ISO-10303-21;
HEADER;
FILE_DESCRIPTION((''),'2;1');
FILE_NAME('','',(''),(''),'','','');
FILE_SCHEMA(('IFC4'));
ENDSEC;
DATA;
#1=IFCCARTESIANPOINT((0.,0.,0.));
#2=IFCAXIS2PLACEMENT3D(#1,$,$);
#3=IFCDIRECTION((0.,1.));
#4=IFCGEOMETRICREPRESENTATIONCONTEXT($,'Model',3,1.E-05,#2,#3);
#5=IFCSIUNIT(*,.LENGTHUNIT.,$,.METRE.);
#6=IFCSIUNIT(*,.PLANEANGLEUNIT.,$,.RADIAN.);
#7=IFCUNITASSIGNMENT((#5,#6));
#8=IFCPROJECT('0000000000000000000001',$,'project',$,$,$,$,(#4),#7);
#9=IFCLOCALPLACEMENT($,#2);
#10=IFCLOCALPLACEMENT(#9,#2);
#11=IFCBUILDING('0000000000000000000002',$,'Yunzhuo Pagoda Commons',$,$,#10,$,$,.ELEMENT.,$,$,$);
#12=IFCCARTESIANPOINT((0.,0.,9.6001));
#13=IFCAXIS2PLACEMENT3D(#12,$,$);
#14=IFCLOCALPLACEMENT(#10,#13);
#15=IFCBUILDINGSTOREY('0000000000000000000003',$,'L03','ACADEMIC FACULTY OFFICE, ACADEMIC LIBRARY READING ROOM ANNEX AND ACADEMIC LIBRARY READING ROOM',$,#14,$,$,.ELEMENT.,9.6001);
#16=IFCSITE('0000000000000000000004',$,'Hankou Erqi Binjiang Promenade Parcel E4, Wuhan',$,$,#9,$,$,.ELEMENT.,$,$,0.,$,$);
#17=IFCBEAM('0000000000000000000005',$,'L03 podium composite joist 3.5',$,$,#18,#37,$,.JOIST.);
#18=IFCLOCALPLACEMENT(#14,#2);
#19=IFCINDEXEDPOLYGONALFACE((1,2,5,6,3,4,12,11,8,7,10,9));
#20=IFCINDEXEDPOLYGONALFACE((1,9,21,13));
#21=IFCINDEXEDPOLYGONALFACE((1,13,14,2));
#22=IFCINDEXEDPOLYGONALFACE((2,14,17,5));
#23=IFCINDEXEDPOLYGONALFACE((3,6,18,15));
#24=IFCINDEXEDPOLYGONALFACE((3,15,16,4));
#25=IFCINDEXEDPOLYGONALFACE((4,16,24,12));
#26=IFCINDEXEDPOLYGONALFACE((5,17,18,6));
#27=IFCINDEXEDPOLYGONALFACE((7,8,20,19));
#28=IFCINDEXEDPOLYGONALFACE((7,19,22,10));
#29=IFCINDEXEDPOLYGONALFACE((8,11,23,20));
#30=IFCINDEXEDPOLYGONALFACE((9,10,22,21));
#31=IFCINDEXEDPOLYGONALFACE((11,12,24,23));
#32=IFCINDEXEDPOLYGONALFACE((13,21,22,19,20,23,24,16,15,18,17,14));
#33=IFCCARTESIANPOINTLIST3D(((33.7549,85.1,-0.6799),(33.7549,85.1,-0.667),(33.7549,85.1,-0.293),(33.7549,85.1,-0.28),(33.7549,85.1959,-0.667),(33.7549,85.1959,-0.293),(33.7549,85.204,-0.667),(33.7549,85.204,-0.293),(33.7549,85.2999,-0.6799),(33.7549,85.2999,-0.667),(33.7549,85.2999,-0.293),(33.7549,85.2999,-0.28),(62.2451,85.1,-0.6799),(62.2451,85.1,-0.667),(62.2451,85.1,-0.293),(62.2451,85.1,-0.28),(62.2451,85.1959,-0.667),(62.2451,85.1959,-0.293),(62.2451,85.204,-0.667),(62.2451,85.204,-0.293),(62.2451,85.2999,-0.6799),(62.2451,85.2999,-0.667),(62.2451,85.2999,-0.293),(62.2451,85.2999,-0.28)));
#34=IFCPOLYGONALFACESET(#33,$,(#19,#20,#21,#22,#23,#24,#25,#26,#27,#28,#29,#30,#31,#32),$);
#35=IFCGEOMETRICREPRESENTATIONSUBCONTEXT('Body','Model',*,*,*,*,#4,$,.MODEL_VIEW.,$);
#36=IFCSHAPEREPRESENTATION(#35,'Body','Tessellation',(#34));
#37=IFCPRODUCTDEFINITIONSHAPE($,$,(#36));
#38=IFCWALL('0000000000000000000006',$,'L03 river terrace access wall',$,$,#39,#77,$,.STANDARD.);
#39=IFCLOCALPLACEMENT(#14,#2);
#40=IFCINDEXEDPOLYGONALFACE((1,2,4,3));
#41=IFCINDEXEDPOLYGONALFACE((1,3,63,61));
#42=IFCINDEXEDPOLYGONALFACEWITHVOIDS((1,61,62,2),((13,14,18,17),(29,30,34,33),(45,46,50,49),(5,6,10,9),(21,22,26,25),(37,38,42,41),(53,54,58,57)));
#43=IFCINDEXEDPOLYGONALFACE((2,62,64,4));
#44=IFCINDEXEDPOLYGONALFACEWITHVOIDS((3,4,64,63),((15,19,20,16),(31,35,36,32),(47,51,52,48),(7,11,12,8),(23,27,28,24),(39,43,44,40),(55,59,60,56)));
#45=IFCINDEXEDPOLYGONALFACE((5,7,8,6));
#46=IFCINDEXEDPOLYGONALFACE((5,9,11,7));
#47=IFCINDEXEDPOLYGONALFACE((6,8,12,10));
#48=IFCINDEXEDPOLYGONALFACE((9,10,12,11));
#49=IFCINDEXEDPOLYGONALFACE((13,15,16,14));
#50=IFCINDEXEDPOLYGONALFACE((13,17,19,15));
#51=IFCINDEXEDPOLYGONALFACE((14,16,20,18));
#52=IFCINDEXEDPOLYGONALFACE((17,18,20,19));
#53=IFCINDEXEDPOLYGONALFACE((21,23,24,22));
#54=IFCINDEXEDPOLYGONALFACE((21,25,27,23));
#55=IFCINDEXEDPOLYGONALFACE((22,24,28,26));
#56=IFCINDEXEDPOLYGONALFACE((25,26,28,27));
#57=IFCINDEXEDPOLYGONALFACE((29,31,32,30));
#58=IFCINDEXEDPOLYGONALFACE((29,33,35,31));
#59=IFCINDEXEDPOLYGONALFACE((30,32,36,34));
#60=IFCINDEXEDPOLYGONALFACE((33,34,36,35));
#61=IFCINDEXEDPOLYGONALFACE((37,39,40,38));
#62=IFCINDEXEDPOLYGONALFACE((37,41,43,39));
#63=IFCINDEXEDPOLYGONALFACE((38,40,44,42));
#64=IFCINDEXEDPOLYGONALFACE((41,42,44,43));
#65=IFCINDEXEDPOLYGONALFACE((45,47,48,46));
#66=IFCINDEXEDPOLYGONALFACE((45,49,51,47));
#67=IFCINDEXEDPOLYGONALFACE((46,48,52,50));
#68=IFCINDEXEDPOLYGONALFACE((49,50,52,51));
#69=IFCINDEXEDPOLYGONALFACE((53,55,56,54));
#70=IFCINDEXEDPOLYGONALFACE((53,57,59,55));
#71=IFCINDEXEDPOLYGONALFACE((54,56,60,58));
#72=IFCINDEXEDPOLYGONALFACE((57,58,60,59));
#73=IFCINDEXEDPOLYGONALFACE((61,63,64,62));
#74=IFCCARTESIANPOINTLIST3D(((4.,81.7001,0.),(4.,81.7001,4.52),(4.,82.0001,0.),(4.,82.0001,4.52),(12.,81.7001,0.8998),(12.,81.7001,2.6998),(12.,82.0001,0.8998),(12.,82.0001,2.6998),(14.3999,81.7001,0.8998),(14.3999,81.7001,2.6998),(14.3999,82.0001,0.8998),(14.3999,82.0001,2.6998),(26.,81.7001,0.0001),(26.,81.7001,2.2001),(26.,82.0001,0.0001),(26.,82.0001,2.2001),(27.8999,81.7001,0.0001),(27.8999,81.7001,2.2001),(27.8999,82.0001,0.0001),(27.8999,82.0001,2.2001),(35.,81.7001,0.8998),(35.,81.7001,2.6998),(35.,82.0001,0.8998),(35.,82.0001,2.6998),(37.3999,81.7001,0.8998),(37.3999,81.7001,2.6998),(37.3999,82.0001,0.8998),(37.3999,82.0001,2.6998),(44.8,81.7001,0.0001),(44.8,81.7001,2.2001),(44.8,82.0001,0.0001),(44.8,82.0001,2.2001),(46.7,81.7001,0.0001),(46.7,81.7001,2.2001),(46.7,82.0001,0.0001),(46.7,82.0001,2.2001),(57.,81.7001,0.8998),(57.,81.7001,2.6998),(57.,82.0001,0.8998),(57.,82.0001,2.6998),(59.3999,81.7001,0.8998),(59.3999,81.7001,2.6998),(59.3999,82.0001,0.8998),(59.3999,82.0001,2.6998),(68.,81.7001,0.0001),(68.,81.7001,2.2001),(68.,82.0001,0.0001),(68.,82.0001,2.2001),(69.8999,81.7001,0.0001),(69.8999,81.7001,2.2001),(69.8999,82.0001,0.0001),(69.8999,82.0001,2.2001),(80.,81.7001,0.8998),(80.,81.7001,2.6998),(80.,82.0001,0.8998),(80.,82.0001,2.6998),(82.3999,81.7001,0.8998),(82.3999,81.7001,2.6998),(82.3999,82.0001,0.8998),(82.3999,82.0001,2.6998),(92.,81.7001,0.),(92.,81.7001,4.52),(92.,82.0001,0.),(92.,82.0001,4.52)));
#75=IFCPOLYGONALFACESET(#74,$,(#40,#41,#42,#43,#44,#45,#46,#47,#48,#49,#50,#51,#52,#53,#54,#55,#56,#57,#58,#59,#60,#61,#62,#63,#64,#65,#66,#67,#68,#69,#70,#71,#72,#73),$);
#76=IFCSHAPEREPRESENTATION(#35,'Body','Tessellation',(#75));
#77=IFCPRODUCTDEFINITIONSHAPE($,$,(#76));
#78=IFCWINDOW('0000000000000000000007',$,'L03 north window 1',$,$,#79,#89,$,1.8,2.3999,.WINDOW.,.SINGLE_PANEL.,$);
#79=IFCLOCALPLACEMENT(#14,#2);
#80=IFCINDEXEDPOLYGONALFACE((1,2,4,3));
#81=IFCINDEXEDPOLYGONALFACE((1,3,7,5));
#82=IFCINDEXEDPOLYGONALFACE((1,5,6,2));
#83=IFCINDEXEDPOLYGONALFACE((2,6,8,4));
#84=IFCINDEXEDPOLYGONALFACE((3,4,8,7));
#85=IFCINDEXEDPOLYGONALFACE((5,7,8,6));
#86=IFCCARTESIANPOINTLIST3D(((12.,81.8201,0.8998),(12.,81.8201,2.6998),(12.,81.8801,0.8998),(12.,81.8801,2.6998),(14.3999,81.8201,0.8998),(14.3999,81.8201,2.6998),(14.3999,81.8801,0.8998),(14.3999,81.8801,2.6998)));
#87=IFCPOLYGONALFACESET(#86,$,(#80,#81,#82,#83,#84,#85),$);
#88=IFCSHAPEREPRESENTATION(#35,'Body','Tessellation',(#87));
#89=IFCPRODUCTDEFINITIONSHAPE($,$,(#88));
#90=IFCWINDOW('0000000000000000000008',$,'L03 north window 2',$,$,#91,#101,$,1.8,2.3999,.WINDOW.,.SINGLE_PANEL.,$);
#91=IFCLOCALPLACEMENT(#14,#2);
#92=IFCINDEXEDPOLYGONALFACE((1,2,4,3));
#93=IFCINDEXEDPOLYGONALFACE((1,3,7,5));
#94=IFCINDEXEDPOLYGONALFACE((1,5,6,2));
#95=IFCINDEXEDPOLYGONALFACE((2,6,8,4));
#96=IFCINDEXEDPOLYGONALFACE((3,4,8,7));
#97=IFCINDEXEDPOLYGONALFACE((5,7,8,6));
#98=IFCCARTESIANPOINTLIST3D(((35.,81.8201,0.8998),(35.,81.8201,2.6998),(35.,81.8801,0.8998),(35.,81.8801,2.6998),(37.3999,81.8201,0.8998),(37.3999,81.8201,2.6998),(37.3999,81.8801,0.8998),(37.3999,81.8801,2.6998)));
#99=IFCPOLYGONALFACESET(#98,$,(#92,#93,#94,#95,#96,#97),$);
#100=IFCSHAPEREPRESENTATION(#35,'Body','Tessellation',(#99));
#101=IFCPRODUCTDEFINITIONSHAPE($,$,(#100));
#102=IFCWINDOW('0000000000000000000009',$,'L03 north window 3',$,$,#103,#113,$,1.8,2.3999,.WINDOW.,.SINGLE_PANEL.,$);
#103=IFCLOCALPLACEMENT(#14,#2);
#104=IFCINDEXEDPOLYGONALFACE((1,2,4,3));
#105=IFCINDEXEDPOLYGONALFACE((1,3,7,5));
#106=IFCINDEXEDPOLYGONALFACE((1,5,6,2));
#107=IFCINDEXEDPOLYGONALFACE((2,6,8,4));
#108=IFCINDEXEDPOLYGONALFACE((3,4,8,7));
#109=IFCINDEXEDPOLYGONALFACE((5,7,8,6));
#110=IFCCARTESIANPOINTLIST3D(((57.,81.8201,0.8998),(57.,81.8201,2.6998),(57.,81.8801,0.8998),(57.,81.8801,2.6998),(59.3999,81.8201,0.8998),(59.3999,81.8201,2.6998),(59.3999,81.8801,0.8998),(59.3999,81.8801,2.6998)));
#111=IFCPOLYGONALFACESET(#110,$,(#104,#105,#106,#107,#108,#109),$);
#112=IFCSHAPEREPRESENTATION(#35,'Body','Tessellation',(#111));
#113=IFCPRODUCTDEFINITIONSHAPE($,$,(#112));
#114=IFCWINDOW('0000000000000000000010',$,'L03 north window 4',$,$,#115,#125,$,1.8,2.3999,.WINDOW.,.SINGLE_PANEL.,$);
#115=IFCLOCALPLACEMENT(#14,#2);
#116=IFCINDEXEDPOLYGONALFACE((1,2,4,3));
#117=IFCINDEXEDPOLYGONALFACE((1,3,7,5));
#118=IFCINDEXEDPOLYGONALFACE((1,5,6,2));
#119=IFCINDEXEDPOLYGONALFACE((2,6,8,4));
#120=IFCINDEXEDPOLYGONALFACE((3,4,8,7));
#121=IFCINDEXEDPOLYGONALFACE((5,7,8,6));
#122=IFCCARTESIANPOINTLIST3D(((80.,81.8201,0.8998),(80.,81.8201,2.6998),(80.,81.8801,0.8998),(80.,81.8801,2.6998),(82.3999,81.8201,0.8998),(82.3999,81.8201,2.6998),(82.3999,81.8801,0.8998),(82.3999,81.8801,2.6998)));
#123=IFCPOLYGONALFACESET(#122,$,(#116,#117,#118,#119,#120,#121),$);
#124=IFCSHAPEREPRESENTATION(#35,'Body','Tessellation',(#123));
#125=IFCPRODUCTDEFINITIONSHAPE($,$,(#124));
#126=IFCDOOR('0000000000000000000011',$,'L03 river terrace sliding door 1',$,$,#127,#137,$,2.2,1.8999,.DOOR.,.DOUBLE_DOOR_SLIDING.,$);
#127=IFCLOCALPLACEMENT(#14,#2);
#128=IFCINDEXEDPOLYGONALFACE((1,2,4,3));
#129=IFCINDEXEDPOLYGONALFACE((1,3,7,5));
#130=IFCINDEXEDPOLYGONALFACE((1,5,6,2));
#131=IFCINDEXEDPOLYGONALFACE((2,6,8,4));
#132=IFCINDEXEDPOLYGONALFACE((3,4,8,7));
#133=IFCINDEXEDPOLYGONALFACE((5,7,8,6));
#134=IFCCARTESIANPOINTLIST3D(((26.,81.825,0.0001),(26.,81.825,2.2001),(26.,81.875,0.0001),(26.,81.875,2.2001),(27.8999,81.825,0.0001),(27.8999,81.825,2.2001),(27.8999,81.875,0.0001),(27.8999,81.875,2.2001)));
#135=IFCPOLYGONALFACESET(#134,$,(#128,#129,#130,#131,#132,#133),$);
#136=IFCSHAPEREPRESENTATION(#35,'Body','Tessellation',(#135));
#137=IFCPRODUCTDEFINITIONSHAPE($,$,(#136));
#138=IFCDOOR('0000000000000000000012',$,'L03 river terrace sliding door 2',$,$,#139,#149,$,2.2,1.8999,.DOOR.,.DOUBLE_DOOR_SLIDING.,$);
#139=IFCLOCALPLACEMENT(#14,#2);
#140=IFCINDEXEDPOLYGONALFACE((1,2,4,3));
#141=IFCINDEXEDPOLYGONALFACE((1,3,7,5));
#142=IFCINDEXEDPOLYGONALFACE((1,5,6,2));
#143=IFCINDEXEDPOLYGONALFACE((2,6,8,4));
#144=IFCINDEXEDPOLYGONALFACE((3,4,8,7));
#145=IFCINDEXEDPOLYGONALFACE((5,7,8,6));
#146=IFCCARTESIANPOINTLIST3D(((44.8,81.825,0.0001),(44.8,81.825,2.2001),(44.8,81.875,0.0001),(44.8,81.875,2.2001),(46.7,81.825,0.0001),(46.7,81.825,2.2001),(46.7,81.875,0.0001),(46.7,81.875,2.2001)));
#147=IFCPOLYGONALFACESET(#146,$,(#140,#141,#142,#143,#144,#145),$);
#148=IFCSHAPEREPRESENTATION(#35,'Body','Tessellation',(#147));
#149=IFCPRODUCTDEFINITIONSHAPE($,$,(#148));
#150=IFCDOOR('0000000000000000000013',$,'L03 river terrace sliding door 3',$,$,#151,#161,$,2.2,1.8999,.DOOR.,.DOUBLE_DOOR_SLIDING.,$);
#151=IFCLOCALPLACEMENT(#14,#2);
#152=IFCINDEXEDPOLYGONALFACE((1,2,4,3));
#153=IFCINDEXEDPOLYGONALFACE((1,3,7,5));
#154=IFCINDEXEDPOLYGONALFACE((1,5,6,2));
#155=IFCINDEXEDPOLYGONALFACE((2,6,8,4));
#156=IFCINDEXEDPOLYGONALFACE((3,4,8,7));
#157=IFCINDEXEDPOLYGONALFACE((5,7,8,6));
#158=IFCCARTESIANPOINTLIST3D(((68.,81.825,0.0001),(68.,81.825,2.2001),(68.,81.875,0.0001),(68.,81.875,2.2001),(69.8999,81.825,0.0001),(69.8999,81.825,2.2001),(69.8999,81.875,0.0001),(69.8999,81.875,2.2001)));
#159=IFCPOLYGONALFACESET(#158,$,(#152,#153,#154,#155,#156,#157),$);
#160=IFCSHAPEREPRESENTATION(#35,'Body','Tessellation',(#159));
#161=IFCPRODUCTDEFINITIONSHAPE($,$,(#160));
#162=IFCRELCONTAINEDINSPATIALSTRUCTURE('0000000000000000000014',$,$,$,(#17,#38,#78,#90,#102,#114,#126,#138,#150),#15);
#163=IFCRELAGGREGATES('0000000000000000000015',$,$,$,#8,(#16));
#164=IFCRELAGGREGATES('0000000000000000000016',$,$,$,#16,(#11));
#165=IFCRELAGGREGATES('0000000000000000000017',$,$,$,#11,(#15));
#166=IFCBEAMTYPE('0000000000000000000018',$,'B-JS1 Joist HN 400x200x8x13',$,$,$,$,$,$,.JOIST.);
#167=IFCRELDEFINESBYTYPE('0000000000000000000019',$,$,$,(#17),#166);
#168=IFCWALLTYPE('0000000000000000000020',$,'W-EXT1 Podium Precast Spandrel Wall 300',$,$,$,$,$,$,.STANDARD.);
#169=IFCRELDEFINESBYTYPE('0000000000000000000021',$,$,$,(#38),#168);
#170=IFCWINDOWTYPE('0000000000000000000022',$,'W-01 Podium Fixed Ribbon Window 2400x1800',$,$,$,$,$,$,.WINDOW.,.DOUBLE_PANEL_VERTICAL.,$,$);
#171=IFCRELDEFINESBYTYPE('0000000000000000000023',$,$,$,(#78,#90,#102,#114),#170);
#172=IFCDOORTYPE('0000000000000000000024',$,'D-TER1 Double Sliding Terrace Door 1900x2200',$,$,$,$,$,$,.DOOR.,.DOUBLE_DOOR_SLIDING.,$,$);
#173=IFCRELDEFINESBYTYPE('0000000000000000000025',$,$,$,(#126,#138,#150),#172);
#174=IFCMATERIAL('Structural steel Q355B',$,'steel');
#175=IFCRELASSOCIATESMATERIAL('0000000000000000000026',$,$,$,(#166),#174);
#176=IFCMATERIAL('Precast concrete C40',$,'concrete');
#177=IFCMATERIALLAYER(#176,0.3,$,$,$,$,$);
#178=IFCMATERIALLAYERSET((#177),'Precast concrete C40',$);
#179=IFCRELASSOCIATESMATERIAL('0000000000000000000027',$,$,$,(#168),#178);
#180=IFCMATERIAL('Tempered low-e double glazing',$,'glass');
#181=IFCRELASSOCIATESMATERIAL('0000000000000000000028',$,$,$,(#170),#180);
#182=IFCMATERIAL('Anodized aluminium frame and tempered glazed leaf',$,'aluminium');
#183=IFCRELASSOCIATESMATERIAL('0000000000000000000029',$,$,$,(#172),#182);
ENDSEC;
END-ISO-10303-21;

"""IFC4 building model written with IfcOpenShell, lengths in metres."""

from ifc_helpers import new_model, si_unit, direction, frame, frame_2d, origin, origin_with_axes, origin_2d, place, context, subcontext, project, spatial, rectangle, i_section, extrude, source, transform, mapped, material, layer, layer_set, material_profile, profile_set, type_object, element, fill, save


model = new_model("IFC4")

# Units and contexts
model_context = context("Model", 3, precision=1e-05, world=origin(), true_north=direction((0.0, 1.0)))
body_context = subcontext(model_context, "Body", "Model", "MODEL_VIEW")
ifc_project = project(units=[si_unit("LENGTHUNIT", "METRE"), si_unit("PLANEANGLEUNIT", "RADIAN")], contexts=[model_context])

# Site, building, storey
site_placement = place(None, origin())
site = spatial("IfcSite", under=ifc_project, at=site_placement, Name="Hankou Erqi Binjiang Promenade Parcel E4, Wuhan", CompositionType="ELEMENT", RefElevation=0.0)
building_placement = place(site_placement, origin())
building = spatial("IfcBuilding", under=site, at=building_placement, Name="Yunzhuo Pagoda Commons", CompositionType="ELEMENT")
storey_placement = place(building_placement, frame((0.0, 0.0, 9.6001)))
storey = spatial("IfcBuildingStorey", under=building, at=storey_placement, Name="L03", Description="ACADEMIC FACULTY OFFICE, ACADEMIC LIBRARY READING ROOM ANNEX AND ACADEMIC LIBRARY READING ROOM", CompositionType="ELEMENT", Elevation=9.6001)

# Beam
ifc_material_1 = material(Name="Structural steel Q355B", Category="steel")
ifc_material_profile_1 = material_profile(ifc_material_1, i_section(OverallWidth=0.2, OverallDepth=0.3999, WebThickness=0.0081, FlangeThickness=0.0129, at=origin_2d()), Name="Structural steel Q355B")
ifc_profile_set_1 = profile_set([ifc_material_profile_1], Name="Structural steel Q355B")
beam_type_1 = type_object("IfcBeamType", Name="B-JS1 Joist HN 400x200x8x13", PredefinedType="JOIST", material=ifc_profile_set_1)
shared_shape_1 = source(origin(), body_context, "Body", "SweptSolid", [
    extrude(i_section(OverallWidth=0.2, OverallDepth=0.3999, WebThickness=0.0081, FlangeThickness=0.0129, at=origin_2d()), origin(), (0.0, 0.0, 1.0), 28.4902),
])
for number, where, z_axis, x_axis, name in (
    (1, (33.7549, 85.2, -0.48), (1.0, 0.0, 0.0), (0.0, 1.0, 0.0), "L03 podium composite joist 3.5"),
):
    element("IfcBeam", number, at=place(storey_placement, frame(where, z_axis=z_axis, x_axis=x_axis)), inside=storey, type_object=beam_type_1, Name=name, PredefinedType="JOIST", context=body_context, shape_type="MappedRepresentation", body=[
        mapped(shared_shape_1, transform((0.0, 0.0, 0.0), scale=1.0)),
    ])

# Wall, openings, windows, doors
ifc_material_2 = material(Name="Precast concrete C40", Category="concrete")
ifc_layer = layer(ifc_material_2, 0.3)
ifc_layer_set = layer_set([ifc_layer], Name="Precast concrete C40")
wall_type = type_object("IfcWallType", Name="W-EXT1 Podium Precast Spandrel Wall 300", PredefinedType="STANDARD", material=ifc_layer_set)
wall_placement = place(storey_placement, frame((4.0, 81.8501, 0.0), z_axis=(0.0, 0.0, 1.0), x_axis=(1.0, 0.0, 0.0)))
wall = element("IfcWall", 2, at=wall_placement, inside=storey, type_object=wall_type, Name="L03 river terrace access wall", PredefinedType="STANDARD", context=body_context, shape_type="SweptSolid", body=[
    extrude(rectangle(XDim=88.0, YDim=0.3, at=frame_2d((44.0, 0.0))), origin(), (0.0, 0.0, 1.0), 4.52),
])
opening_1_placement = place(wall_placement, frame((22.0, 0.0, 0.0)))
opening_1 = element("IfcOpeningElement", 3, at=opening_1_placement, cuts=wall, PredefinedType="OPENING", context=body_context, shape_type="SweptSolid", body=[
    extrude(rectangle(XDim=1.8999, YDim=2.2, at=frame_2d((0.95, 1.1001))), frame((0.0, 0.1602, 0.0), z_axis=(0.0, -1.0, 0.0), x_axis=(1.0, 0.0, 0.0)), (0.0, 0.0, 1.0), 0.3201),
])
opening_2_placement = place(wall_placement, frame((40.8, 0.0, 0.0)))
opening_2 = element("IfcOpeningElement", 4, at=opening_2_placement, cuts=wall, PredefinedType="OPENING", context=body_context, shape_type="SweptSolid", body=[
    extrude(rectangle(XDim=1.8999, YDim=2.2, at=frame_2d((0.95, 1.1001))), frame((0.0, 0.1602, 0.0), z_axis=(0.0, -1.0, 0.0), x_axis=(1.0, 0.0, 0.0)), (0.0, 0.0, 1.0), 0.3201),
])
opening_3_placement = place(wall_placement, frame((64.0, 0.0, 0.0)))
opening_3 = element("IfcOpeningElement", 5, at=opening_3_placement, cuts=wall, PredefinedType="OPENING", context=body_context, shape_type="SweptSolid", body=[
    extrude(rectangle(XDim=1.8999, YDim=2.2, at=frame_2d((0.95, 1.1001))), frame((0.0, 0.1602, 0.0), z_axis=(0.0, -1.0, 0.0), x_axis=(1.0, 0.0, 0.0)), (0.0, 0.0, 1.0), 0.3201),
])
opening_4_placement = place(wall_placement, frame((8.0, 0.0, 0.8999)))
opening_4 = element("IfcOpeningElement", 6, at=opening_4_placement, cuts=wall, PredefinedType="OPENING", context=body_context, shape_type="SweptSolid", body=[
    extrude(rectangle(XDim=2.3999, YDim=1.8, at=frame_2d((1.2, 0.8999))), frame((0.0, 0.1602, 0.0), z_axis=(0.0, -1.0, 0.0), x_axis=(1.0, 0.0, 0.0)), (0.0, 0.0, 1.0), 0.3201),
])
opening_5_placement = place(wall_placement, frame((31.0, 0.0, 0.8999)))
opening_5 = element("IfcOpeningElement", 7, at=opening_5_placement, cuts=wall, PredefinedType="OPENING", context=body_context, shape_type="SweptSolid", body=[
    extrude(rectangle(XDim=2.3999, YDim=1.8, at=frame_2d((1.2, 0.8999))), frame((0.0, 0.1602, 0.0), z_axis=(0.0, -1.0, 0.0), x_axis=(1.0, 0.0, 0.0)), (0.0, 0.0, 1.0), 0.3201),
])
opening_6_placement = place(wall_placement, frame((53.0, 0.0, 0.8999)))
opening_6 = element("IfcOpeningElement", 8, at=opening_6_placement, cuts=wall, PredefinedType="OPENING", context=body_context, shape_type="SweptSolid", body=[
    extrude(rectangle(XDim=2.3999, YDim=1.8, at=frame_2d((1.2, 0.8999))), frame((0.0, 0.1602, 0.0), z_axis=(0.0, -1.0, 0.0), x_axis=(1.0, 0.0, 0.0)), (0.0, 0.0, 1.0), 0.3201),
])
opening_7_placement = place(wall_placement, frame((76.0, 0.0, 0.8999)))
opening_7 = element("IfcOpeningElement", 9, at=opening_7_placement, cuts=wall, PredefinedType="OPENING", context=body_context, shape_type="SweptSolid", body=[
    extrude(rectangle(XDim=2.3999, YDim=1.8, at=frame_2d((1.2, 0.8999))), frame((0.0, 0.1602, 0.0), z_axis=(0.0, -1.0, 0.0), x_axis=(1.0, 0.0, 0.0)), (0.0, 0.0, 1.0), 0.3201),
])
ifc_material_3 = material(Name="Tempered low-e double glazing", Category="glass")
window_type = type_object("IfcWindowType", Name="W-01 Podium Fixed Ribbon Window 2400x1800", PartitioningType="DOUBLE_PANEL_VERTICAL", PredefinedType="WINDOW", material=ifc_material_3)
shared_shape_2 = source(origin(), body_context, "Body", "SweptSolid", [
    extrude(rectangle(XDim=2.3999, YDim=1.8, at=frame_2d((1.2, 0.8999))), frame((0.0, 0.03, 0.0), z_axis=(0.0, -1.0, 0.0), x_axis=(1.0, 0.0, 0.0)), (0.0, 0.0, 1.0), 0.0601),
])
window_1_placement = place(opening_4_placement, origin_with_axes())
window_1 = element("IfcWindow", 10, at=window_1_placement, inside=storey, type_object=window_type, Name="L03 north window 1", OverallHeight=1.8, OverallWidth=2.3999, PartitioningType="SINGLE_PANEL", PredefinedType="WINDOW", context=body_context, shape_type="MappedRepresentation", body=[
    mapped(shared_shape_2, transform((0.0, 0.0, 0.0), scale=1.0)),
])
fill(opening_4, window_1)
window_2_placement = place(opening_5_placement, origin_with_axes())
window_2 = element("IfcWindow", 11, at=window_2_placement, inside=storey, type_object=window_type, Name="L03 north window 2", OverallHeight=1.8, OverallWidth=2.3999, PartitioningType="SINGLE_PANEL", PredefinedType="WINDOW", context=body_context, shape_type="MappedRepresentation", body=[
    mapped(shared_shape_2, transform((0.0, 0.0, 0.0), scale=1.0)),
])
fill(opening_5, window_2)
window_3_placement = place(opening_6_placement, origin_with_axes())
window_3 = element("IfcWindow", 12, at=window_3_placement, inside=storey, type_object=window_type, Name="L03 north window 3", OverallHeight=1.8, OverallWidth=2.3999, PartitioningType="SINGLE_PANEL", PredefinedType="WINDOW", context=body_context, shape_type="MappedRepresentation", body=[
    mapped(shared_shape_2, transform((0.0, 0.0, 0.0), scale=1.0)),
])
fill(opening_6, window_3)
window_4_placement = place(opening_7_placement, origin_with_axes())
window_4 = element("IfcWindow", 13, at=window_4_placement, inside=storey, type_object=window_type, Name="L03 north window 4", OverallHeight=1.8, OverallWidth=2.3999, PartitioningType="SINGLE_PANEL", PredefinedType="WINDOW", context=body_context, shape_type="MappedRepresentation", body=[
    mapped(shared_shape_2, transform((0.0, 0.0, 0.0), scale=1.0)),
])
fill(opening_7, window_4)
ifc_material_4 = material(Name="Anodized aluminium frame and tempered glazed leaf", Category="aluminium")
door_type = type_object("IfcDoorType", Name="D-TER1 Double Sliding Terrace Door 1900x2200", OperationType="DOUBLE_DOOR_SLIDING", PredefinedType="DOOR", material=ifc_material_4)
shared_shape_3 = source(origin(), body_context, "Body", "SweptSolid", [
    extrude(rectangle(XDim=1.8999, YDim=2.2, at=frame_2d((0.95, 1.1001))), frame((0.0, 0.0249, 0.0), z_axis=(0.0, -1.0, 0.0), x_axis=(1.0, 0.0, 0.0)), (0.0, 0.0, 1.0), 0.05),
])
door_1_placement = place(opening_1_placement, origin_with_axes())
door_1 = element("IfcDoor", 14, at=door_1_placement, inside=storey, type_object=door_type, Name="L03 river terrace sliding door 1", OperationType="DOUBLE_DOOR_SLIDING", OverallHeight=2.2, OverallWidth=1.8999, PredefinedType="DOOR", context=body_context, shape_type="MappedRepresentation", body=[
    mapped(shared_shape_3, transform((0.0, 0.0, 0.0), scale=1.0)),
])
fill(opening_1, door_1)
door_2_placement = place(opening_2_placement, origin_with_axes())
door_2 = element("IfcDoor", 15, at=door_2_placement, inside=storey, type_object=door_type, Name="L03 river terrace sliding door 2", OperationType="DOUBLE_DOOR_SLIDING", OverallHeight=2.2, OverallWidth=1.8999, PredefinedType="DOOR", context=body_context, shape_type="MappedRepresentation", body=[
    mapped(shared_shape_3, transform((0.0, 0.0, 0.0), scale=1.0)),
])
fill(opening_2, door_2)
door_3_placement = place(opening_3_placement, origin_with_axes())
door_3 = element("IfcDoor", 16, at=door_3_placement, inside=storey, type_object=door_type, Name="L03 river terrace sliding door 3", OperationType="DOUBLE_DOOR_SLIDING", OverallHeight=2.2, OverallWidth=1.8999, PredefinedType="DOOR", context=body_context, shape_type="MappedRepresentation", body=[
    mapped(shared_shape_3, transform((0.0, 0.0, 0.0), scale=1.0)),
])
fill(opening_3, door_3)

save(model, "model.ifc")
